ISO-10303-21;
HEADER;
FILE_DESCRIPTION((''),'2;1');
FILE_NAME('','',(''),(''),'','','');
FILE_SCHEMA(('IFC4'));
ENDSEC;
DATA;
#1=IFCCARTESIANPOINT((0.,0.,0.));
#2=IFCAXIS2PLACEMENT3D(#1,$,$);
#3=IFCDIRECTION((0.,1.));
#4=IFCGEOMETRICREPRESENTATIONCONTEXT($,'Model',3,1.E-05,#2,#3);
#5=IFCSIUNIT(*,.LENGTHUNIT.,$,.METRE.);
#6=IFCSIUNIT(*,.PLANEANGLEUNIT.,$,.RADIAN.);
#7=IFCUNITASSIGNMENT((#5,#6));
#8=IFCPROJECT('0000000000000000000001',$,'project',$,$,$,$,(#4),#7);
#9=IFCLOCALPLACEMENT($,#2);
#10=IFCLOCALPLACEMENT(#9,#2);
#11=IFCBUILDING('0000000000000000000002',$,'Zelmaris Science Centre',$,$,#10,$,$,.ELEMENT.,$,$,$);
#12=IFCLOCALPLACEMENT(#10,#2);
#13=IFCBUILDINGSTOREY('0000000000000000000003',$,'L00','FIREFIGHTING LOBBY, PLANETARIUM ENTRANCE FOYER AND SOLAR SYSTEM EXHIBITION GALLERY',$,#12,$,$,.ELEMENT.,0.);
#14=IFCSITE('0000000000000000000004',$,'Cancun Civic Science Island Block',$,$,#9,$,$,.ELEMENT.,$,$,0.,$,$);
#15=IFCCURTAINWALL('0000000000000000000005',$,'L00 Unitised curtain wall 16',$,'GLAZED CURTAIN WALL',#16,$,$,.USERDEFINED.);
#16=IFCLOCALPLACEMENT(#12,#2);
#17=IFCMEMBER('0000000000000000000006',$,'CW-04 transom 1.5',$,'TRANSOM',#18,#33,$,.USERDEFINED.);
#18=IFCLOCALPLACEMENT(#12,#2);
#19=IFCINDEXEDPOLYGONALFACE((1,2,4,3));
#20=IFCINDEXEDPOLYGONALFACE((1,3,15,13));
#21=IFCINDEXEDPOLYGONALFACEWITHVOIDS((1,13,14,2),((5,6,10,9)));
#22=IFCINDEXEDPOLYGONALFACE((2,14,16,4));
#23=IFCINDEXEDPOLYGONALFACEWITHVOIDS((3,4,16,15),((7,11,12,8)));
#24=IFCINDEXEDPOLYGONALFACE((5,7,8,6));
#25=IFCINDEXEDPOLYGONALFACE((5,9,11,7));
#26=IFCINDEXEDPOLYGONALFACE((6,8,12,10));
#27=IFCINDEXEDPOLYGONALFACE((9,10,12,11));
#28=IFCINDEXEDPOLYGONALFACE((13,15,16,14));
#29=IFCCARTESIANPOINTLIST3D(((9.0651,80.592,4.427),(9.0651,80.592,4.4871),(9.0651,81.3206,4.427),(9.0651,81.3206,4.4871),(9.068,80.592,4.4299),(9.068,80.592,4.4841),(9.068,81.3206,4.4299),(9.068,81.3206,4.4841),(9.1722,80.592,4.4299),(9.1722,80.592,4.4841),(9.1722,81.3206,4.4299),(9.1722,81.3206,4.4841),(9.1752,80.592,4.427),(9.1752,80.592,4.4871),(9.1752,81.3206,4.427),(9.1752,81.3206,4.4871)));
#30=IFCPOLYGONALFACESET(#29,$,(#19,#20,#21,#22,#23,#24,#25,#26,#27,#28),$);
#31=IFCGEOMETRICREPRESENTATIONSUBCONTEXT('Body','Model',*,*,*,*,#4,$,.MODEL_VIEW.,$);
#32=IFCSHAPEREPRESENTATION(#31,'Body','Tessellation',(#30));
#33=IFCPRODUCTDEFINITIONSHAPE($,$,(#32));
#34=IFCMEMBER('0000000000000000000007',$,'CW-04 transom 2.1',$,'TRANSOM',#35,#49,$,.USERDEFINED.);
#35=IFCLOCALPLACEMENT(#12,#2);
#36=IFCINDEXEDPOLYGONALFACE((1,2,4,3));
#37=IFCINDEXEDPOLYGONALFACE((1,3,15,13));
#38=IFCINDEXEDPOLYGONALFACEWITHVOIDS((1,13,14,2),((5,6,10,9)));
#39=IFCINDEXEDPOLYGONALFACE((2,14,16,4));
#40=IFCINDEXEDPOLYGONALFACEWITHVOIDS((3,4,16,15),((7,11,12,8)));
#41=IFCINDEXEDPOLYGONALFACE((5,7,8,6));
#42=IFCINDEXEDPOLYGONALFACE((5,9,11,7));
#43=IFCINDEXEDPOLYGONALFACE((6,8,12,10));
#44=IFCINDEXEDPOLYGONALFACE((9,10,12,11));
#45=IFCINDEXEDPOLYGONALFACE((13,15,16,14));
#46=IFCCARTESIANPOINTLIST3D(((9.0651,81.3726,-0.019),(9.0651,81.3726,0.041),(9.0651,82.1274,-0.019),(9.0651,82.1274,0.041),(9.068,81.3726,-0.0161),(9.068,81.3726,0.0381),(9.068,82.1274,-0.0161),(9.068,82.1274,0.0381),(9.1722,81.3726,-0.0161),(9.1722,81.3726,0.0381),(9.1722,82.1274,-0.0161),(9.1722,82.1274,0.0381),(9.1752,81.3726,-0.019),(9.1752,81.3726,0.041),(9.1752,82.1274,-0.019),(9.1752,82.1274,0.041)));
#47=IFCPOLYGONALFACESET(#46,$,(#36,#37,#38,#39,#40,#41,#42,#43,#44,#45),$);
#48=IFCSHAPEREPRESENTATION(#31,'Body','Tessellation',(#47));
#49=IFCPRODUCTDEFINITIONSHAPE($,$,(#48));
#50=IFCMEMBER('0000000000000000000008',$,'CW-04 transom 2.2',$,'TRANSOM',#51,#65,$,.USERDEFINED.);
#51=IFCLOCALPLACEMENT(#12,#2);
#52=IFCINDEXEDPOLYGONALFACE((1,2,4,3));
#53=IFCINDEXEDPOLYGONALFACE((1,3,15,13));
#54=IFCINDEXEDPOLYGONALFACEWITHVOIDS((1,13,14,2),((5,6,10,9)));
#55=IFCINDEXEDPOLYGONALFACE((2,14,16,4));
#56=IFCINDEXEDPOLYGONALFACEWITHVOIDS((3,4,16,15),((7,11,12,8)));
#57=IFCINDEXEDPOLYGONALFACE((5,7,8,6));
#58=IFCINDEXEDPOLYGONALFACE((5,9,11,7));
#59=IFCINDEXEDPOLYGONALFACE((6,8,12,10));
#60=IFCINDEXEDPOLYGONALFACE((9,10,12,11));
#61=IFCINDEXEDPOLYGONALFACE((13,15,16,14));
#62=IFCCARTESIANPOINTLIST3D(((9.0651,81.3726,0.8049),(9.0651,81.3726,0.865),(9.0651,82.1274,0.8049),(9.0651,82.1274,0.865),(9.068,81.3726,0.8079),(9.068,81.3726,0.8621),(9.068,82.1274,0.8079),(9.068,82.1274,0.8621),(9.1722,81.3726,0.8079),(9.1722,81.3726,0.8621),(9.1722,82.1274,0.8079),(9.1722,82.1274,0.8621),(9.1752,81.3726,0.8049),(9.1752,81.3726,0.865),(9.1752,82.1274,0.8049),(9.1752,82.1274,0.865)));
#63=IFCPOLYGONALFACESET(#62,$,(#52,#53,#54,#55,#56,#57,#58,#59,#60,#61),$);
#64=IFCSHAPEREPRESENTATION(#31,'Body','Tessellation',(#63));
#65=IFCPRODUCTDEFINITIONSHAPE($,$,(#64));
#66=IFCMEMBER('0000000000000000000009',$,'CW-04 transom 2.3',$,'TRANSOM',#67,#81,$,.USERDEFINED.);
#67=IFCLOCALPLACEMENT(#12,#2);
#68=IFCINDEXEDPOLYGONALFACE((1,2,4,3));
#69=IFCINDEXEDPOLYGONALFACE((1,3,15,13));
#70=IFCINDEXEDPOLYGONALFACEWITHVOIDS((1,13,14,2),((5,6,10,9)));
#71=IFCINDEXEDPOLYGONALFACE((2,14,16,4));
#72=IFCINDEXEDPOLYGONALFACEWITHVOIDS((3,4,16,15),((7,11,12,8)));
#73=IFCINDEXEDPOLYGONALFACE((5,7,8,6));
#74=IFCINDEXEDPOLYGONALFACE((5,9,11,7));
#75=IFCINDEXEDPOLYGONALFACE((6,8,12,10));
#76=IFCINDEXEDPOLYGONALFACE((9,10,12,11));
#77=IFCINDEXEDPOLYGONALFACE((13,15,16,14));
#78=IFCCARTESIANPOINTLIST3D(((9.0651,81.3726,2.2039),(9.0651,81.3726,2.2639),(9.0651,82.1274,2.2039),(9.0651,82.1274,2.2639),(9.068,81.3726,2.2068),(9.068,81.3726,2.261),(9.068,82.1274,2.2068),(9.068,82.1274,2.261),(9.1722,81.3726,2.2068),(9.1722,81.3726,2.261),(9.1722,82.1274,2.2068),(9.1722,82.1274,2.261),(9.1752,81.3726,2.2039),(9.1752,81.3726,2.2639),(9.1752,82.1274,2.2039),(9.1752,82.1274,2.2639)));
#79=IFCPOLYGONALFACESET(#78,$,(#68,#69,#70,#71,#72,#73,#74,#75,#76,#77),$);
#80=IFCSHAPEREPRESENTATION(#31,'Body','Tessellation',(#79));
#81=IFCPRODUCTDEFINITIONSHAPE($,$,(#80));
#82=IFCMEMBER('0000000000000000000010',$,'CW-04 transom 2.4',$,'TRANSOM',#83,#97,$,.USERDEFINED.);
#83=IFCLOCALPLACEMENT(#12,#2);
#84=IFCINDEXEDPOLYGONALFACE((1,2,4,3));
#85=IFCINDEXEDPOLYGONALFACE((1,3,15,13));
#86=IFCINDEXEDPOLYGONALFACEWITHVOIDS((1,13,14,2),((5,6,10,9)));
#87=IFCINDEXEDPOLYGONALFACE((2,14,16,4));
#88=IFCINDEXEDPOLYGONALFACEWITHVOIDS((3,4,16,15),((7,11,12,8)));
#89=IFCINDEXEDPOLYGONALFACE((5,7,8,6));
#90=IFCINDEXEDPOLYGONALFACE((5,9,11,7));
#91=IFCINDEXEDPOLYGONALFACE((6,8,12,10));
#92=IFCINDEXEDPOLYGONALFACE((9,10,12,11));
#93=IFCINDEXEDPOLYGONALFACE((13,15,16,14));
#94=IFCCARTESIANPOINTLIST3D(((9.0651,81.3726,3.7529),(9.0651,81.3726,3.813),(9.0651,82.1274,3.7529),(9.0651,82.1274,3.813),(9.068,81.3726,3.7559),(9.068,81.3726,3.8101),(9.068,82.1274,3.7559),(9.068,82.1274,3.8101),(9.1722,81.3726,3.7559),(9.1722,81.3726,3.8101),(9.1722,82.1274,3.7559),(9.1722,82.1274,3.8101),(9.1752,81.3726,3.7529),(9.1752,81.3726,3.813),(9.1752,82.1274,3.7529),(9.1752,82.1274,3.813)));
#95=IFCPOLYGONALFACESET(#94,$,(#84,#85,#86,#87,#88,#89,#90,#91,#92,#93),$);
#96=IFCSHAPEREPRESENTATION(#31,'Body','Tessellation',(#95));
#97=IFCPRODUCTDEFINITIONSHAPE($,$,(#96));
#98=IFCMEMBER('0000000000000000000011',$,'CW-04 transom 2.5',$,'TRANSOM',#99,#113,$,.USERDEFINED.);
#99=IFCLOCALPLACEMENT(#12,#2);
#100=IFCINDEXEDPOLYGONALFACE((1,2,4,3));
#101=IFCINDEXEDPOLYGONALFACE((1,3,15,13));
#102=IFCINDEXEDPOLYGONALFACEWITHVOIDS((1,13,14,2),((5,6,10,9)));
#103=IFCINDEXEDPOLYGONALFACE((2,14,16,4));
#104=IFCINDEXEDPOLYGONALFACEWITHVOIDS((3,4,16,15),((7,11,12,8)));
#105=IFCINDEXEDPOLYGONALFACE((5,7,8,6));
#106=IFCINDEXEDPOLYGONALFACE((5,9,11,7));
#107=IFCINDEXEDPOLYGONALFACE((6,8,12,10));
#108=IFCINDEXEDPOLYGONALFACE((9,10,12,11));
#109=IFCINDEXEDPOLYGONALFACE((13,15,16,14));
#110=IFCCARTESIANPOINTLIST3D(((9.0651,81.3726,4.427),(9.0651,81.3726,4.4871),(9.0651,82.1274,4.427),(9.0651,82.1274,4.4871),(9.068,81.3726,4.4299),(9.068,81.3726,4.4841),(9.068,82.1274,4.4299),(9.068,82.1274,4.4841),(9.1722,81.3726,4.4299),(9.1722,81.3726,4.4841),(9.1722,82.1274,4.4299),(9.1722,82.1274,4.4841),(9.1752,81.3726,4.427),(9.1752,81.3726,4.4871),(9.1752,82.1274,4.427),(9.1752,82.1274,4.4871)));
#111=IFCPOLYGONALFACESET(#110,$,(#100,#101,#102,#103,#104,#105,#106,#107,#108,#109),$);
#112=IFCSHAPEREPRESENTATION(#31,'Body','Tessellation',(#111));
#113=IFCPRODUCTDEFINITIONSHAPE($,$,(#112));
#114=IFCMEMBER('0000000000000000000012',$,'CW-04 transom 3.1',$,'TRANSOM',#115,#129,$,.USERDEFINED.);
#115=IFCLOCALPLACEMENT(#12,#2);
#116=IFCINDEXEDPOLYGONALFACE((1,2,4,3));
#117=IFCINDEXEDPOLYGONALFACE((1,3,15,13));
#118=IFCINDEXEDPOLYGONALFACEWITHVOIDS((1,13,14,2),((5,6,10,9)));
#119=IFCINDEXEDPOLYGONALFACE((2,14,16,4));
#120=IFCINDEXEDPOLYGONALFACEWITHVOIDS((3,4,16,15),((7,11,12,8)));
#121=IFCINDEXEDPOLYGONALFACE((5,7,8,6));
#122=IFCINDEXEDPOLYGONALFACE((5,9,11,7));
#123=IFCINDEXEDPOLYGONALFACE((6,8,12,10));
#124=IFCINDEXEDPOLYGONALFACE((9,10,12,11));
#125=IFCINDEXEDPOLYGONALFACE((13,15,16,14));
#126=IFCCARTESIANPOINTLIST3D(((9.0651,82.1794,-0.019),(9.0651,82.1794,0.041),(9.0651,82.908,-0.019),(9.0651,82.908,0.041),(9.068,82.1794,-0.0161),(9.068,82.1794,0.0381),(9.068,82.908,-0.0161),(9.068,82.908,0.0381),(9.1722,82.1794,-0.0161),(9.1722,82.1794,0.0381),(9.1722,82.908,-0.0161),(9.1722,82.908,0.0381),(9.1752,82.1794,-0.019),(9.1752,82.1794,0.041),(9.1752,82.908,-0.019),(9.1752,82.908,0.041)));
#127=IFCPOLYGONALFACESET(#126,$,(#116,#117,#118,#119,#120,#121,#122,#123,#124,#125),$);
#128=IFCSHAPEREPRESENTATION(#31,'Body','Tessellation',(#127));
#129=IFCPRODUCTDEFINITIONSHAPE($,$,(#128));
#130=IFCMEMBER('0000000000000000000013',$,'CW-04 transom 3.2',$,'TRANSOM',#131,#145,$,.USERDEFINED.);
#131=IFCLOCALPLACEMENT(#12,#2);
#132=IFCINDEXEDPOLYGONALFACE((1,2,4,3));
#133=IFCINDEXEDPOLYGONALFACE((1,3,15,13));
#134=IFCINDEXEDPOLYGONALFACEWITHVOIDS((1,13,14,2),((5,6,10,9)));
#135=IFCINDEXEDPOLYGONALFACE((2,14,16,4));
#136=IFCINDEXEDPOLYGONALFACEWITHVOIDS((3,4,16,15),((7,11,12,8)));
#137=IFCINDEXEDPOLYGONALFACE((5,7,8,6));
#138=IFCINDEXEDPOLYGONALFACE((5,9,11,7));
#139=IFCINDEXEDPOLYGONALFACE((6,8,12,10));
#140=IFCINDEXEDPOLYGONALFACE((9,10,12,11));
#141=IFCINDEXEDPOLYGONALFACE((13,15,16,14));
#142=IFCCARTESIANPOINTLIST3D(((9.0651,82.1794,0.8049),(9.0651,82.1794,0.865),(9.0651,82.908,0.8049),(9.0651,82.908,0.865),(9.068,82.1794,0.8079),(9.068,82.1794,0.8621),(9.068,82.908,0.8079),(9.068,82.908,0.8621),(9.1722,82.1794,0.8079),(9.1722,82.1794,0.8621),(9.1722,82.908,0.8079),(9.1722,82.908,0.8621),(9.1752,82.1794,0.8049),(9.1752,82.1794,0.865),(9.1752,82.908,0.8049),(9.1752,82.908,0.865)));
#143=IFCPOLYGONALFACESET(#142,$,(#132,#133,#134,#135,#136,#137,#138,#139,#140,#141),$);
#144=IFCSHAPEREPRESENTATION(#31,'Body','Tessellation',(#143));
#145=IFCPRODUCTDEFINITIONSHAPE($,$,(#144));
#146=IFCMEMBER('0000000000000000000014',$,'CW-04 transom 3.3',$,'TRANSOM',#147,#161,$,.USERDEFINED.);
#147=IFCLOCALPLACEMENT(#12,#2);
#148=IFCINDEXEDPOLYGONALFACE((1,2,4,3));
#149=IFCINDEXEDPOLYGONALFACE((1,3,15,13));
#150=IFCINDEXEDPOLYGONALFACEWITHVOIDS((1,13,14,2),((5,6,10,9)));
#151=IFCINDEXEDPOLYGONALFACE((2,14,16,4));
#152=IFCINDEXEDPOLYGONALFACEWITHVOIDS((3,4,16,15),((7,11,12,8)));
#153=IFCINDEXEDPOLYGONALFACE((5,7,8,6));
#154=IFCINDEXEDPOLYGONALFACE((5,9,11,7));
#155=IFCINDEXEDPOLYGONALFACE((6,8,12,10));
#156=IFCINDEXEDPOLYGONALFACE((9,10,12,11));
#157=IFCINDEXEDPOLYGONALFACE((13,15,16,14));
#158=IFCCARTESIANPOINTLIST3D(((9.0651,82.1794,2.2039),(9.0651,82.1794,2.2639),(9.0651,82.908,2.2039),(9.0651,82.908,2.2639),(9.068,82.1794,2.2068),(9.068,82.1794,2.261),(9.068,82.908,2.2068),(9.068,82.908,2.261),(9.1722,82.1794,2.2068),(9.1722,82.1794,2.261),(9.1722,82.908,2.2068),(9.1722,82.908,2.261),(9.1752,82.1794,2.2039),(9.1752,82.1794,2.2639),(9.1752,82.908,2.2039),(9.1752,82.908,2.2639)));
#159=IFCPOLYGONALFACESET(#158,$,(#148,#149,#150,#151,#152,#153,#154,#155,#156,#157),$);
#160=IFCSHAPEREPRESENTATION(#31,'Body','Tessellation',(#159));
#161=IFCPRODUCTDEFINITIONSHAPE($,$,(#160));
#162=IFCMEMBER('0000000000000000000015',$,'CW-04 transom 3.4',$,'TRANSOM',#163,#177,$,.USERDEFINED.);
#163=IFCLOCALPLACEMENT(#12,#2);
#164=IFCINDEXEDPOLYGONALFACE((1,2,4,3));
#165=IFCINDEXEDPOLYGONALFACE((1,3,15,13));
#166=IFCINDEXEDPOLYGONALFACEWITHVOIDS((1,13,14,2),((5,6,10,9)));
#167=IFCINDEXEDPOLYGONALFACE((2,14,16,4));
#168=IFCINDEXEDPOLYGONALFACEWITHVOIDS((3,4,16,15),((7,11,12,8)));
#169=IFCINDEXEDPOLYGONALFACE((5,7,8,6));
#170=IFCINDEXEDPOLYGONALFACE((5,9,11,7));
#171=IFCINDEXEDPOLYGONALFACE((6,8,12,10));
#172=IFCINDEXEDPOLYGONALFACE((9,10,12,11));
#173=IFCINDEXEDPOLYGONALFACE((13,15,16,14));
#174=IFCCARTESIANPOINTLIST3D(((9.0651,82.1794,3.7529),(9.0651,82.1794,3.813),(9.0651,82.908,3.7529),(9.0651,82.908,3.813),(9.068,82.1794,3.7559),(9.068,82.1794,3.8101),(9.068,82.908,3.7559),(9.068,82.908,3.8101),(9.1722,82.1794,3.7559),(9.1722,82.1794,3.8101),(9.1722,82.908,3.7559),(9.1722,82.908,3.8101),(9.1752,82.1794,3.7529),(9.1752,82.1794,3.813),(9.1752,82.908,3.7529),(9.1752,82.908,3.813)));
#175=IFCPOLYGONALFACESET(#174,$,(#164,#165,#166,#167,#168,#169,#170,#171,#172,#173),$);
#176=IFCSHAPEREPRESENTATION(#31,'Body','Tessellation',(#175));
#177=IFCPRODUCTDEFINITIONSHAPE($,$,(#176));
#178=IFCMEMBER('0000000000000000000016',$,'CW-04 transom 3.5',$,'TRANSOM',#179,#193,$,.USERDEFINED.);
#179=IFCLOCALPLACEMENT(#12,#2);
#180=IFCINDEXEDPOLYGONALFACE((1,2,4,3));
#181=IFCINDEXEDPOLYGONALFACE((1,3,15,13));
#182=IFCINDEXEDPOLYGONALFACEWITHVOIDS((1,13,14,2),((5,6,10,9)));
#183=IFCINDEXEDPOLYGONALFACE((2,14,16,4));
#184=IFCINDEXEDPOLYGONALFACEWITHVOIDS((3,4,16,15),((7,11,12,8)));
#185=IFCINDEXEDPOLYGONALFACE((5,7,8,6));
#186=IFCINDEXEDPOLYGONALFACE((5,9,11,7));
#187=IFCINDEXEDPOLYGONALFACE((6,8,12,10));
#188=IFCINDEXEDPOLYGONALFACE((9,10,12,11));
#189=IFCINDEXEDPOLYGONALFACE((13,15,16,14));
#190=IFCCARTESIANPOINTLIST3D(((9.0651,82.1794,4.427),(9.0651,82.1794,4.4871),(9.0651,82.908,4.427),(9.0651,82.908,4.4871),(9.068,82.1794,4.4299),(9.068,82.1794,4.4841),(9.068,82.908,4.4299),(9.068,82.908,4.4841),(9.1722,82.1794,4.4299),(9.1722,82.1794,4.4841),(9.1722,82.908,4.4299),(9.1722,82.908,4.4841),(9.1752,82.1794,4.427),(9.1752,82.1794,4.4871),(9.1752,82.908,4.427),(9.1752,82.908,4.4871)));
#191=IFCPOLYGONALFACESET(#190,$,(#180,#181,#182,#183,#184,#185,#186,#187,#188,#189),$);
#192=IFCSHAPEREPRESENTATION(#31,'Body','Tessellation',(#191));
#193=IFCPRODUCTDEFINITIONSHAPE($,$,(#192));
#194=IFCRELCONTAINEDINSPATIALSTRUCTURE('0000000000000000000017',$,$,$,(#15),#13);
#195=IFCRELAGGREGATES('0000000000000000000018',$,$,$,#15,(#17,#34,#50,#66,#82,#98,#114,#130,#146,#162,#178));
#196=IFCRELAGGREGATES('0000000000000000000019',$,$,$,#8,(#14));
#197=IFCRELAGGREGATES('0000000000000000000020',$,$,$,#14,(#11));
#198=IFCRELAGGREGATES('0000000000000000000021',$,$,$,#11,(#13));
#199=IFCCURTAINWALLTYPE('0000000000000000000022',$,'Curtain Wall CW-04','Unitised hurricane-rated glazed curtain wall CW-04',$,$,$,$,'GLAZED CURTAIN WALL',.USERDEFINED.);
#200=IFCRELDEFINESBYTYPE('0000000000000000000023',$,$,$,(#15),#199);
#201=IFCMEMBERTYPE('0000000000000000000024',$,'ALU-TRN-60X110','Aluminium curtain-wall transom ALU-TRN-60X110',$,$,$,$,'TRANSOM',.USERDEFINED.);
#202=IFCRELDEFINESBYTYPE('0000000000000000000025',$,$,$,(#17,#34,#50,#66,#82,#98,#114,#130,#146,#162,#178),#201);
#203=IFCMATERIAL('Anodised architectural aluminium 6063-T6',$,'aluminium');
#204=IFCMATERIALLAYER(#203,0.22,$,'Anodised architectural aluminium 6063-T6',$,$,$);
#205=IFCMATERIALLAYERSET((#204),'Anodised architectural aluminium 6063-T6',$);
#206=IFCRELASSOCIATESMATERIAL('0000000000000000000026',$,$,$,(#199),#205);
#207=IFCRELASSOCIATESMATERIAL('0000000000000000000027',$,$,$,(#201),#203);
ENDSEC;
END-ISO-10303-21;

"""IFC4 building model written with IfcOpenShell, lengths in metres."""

from ifc_helpers import new_model, si_unit, direction, frame, origin, origin_2d, place, context, subcontext, project, spatial, hollow_rectangle, extrude, material, layer, layer_set, material_profile, profile_set, type_object, element, aggregate, save


model = new_model("IFC4")

# Units and contexts
model_context = context("Model", 3, precision=1e-05, world=origin(), true_north=direction((0.0, 1.0)))
body_context = subcontext(model_context, "Body", "Model", "MODEL_VIEW")
ifc_project = project(units=[si_unit("LENGTHUNIT", "METRE"), si_unit("PLANEANGLEUNIT", "RADIAN")], contexts=[model_context])

# Site, building, storey
site_placement = place(None, origin())
site = spatial("IfcSite", under=ifc_project, at=site_placement, Name="Cancun Civic Science Island Block", CompositionType="ELEMENT", RefElevation=0.0)
building_placement = place(site_placement, origin())
building = spatial("IfcBuilding", under=site, at=building_placement, Name="Zelmaris Science Centre", CompositionType="ELEMENT")
storey_placement = place(building_placement, origin())
storey = spatial("IfcBuildingStorey", under=building, at=storey_placement, Name="L00", Description="FIREFIGHTING LOBBY, PLANETARIUM ENTRANCE FOYER AND SOLAR SYSTEM EXHIBITION GALLERY", CompositionType="ELEMENT", Elevation=0.0)

# Curtain wall, members
ifc_material_1 = material(Name="Anodised architectural aluminium 6063-T6", Category="aluminium")
ifc_layer_1 = layer(ifc_material_1, 0.22, Name="Anodised architectural aluminium 6063-T6")
ifc_layer_set_1 = layer_set([ifc_layer_1], Name="Anodised architectural aluminium 6063-T6")
curtain_wall_type = type_object("IfcCurtainWallType", Name="Curtain Wall CW-04", Description="Unitised hurricane-rated glazed curtain wall CW-04", ElementType="GLAZED CURTAIN WALL", PredefinedType="USERDEFINED", material=ifc_layer_set_1)
curtain_wall_placement = place(storey_placement, origin())
curtain_wall = element("IfcCurtainWall", 1, at=curtain_wall_placement, inside=storey, type_object=curtain_wall_type, Name="L00 Unitised curtain wall 16", ObjectType="GLAZED CURTAIN WALL", PredefinedType="USERDEFINED")
ifc_material_profile_1 = material_profile(ifc_material_1, hollow_rectangle(XDim=0.0601, YDim=0.1101, WallThickness=0.0029, at=origin_2d()), Name="ALU-TRN-60X110")
ifc_profile_set_1 = profile_set([ifc_material_profile_1], Name="Anodised architectural aluminium 6063-T6")
member_type_1 = type_object("IfcMemberType", Name="ALU-TRN-60X110", Description="Aluminium curtain-wall transom ALU-TRN-60X110", ElementType="TRANSOM", PredefinedType="USERDEFINED", material=ifc_profile_set_1)
member_1_placement = place(storey_placement, frame((9.1201, 80.592, 4.457), z_axis=(0.0, 1.0, 0.0), x_axis=(0.0, 0.0, 1.0)))
member_1 = element("IfcMember", 2, at=member_1_placement, type_object=member_type_1, Name="CW-04 transom 1.5", ObjectType="TRANSOM", PredefinedType="USERDEFINED", context=body_context, shape_type="SweptSolid", body=[
    extrude(hollow_rectangle(XDim=0.0601, YDim=0.1101, WallThickness=0.0029, at=origin_2d()), origin(), (0.0, 0.0, 1.0), 0.7285),
])
member_2_placement = place(storey_placement, frame((9.1201, 81.3726, 0.011), z_axis=(0.0, 1.0, 0.0), x_axis=(0.0, 0.0, 1.0)))
member_2 = element("IfcMember", 3, at=member_2_placement, type_object=member_type_1, Name="CW-04 transom 2.1", ObjectType="TRANSOM", PredefinedType="USERDEFINED", context=body_context, shape_type="SweptSolid", body=[
    extrude(hollow_rectangle(XDim=0.0601, YDim=0.1101, WallThickness=0.0029, at=origin_2d()), origin(), (0.0, 0.0, 1.0), 0.7549),
])
member_3_placement = place(storey_placement, frame((9.1201, 81.3726, 0.835), z_axis=(0.0, 1.0, 0.0), x_axis=(0.0, 0.0, 1.0)))
member_3 = element("IfcMember", 4, at=member_3_placement, type_object=member_type_1, Name="CW-04 transom 2.2", ObjectType="TRANSOM", PredefinedType="USERDEFINED", context=body_context, shape_type="SweptSolid", body=[
    extrude(hollow_rectangle(XDim=0.0601, YDim=0.1101, WallThickness=0.0029, at=origin_2d()), origin(), (0.0, 0.0, 1.0), 0.7549),
])
member_4_placement = place(storey_placement, frame((9.1201, 81.3726, 2.2339), z_axis=(0.0, 1.0, 0.0), x_axis=(0.0, 0.0, 1.0)))
member_4 = element("IfcMember", 5, at=member_4_placement, type_object=member_type_1, Name="CW-04 transom 2.3", ObjectType="TRANSOM", PredefinedType="USERDEFINED", context=body_context, shape_type="SweptSolid", body=[
    extrude(hollow_rectangle(XDim=0.0601, YDim=0.1101, WallThickness=0.0029, at=origin_2d()), origin(), (0.0, 0.0, 1.0), 0.7549),
])
member_5_placement = place(storey_placement, frame((9.1201, 81.3726, 3.783), z_axis=(0.0, 1.0, 0.0), x_axis=(0.0, 0.0, 1.0)))
member_5 = element("IfcMember", 6, at=member_5_placement, type_object=member_type_1, Name="CW-04 transom 2.4", ObjectType="TRANSOM", PredefinedType="USERDEFINED", context=body_context, shape_type="SweptSolid", body=[
    extrude(hollow_rectangle(XDim=0.0601, YDim=0.1101, WallThickness=0.0029, at=origin_2d()), origin(), (0.0, 0.0, 1.0), 0.7549),
])
member_6_placement = place(storey_placement, frame((9.1201, 81.3726, 4.457), z_axis=(0.0, 1.0, 0.0), x_axis=(0.0, 0.0, 1.0)))
member_6 = element("IfcMember", 7, at=member_6_placement, type_object=member_type_1, Name="CW-04 transom 2.5", ObjectType="TRANSOM", PredefinedType="USERDEFINED", context=body_context, shape_type="SweptSolid", body=[
    extrude(hollow_rectangle(XDim=0.0601, YDim=0.1101, WallThickness=0.0029, at=origin_2d()), origin(), (0.0, 0.0, 1.0), 0.7549),
])
member_7_placement = place(storey_placement, frame((9.1201, 82.1794, 0.011), z_axis=(0.0, 1.0, 0.0), x_axis=(0.0, 0.0, 1.0)))
member_7 = element("IfcMember", 8, at=member_7_placement, type_object=member_type_1, Name="CW-04 transom 3.1", ObjectType="TRANSOM", PredefinedType="USERDEFINED", context=body_context, shape_type="SweptSolid", body=[
    extrude(hollow_rectangle(XDim=0.0601, YDim=0.1101, WallThickness=0.0029, at=origin_2d()), origin(), (0.0, 0.0, 1.0), 0.7285),
])
member_8_placement = place(storey_placement, frame((9.1201, 82.1794, 0.835), z_axis=(0.0, 1.0, 0.0), x_axis=(0.0, 0.0, 1.0)))
member_8 = element("IfcMember", 9, at=member_8_placement, type_object=member_type_1, Name="CW-04 transom 3.2", ObjectType="TRANSOM", PredefinedType="USERDEFINED", context=body_context, shape_type="SweptSolid", body=[
    extrude(hollow_rectangle(XDim=0.0601, YDim=0.1101, WallThickness=0.0029, at=origin_2d()), origin(), (0.0, 0.0, 1.0), 0.7285),
])
member_9_placement = place(storey_placement, frame((9.1201, 82.1794, 2.2339), z_axis=(0.0, 1.0, 0.0), x_axis=(0.0, 0.0, 1.0)))
member_9 = element("IfcMember", 10, at=member_9_placement, type_object=member_type_1, Name="CW-04 transom 3.3", ObjectType="TRANSOM", PredefinedType="USERDEFINED", context=body_context, shape_type="SweptSolid", body=[
    extrude(hollow_rectangle(XDim=0.0601, YDim=0.1101, WallThickness=0.0029, at=origin_2d()), origin(), (0.0, 0.0, 1.0), 0.7285),
])
member_10_placement = place(storey_placement, frame((9.1201, 82.1794, 3.783), z_axis=(0.0, 1.0, 0.0), x_axis=(0.0, 0.0, 1.0)))
member_10 = element("IfcMember", 11, at=member_10_placement, type_object=member_type_1, Name="CW-04 transom 3.4", ObjectType="TRANSOM", PredefinedType="USERDEFINED", context=body_context, shape_type="SweptSolid", body=[
    extrude(hollow_rectangle(XDim=0.0601, YDim=0.1101, WallThickness=0.0029, at=origin_2d()), origin(), (0.0, 0.0, 1.0), 0.7285),
])
member_11_placement = place(storey_placement, frame((9.1201, 82.1794, 4.457), z_axis=(0.0, 1.0, 0.0), x_axis=(0.0, 0.0, 1.0)))
member_11 = element("IfcMember", 12, at=member_11_placement, type_object=member_type_1, Name="CW-04 transom 3.5", ObjectType="TRANSOM", PredefinedType="USERDEFINED", context=body_context, shape_type="SweptSolid", body=[
    extrude(hollow_rectangle(XDim=0.0601, YDim=0.1101, WallThickness=0.0029, at=origin_2d()), origin(), (0.0, 0.0, 1.0), 0.7285),
])

aggregate(curtain_wall, [member_1, member_2, member_3, member_4, member_5, member_6, member_7, member_8, member_9, member_10, member_11])

save(model, "model.ifc")
